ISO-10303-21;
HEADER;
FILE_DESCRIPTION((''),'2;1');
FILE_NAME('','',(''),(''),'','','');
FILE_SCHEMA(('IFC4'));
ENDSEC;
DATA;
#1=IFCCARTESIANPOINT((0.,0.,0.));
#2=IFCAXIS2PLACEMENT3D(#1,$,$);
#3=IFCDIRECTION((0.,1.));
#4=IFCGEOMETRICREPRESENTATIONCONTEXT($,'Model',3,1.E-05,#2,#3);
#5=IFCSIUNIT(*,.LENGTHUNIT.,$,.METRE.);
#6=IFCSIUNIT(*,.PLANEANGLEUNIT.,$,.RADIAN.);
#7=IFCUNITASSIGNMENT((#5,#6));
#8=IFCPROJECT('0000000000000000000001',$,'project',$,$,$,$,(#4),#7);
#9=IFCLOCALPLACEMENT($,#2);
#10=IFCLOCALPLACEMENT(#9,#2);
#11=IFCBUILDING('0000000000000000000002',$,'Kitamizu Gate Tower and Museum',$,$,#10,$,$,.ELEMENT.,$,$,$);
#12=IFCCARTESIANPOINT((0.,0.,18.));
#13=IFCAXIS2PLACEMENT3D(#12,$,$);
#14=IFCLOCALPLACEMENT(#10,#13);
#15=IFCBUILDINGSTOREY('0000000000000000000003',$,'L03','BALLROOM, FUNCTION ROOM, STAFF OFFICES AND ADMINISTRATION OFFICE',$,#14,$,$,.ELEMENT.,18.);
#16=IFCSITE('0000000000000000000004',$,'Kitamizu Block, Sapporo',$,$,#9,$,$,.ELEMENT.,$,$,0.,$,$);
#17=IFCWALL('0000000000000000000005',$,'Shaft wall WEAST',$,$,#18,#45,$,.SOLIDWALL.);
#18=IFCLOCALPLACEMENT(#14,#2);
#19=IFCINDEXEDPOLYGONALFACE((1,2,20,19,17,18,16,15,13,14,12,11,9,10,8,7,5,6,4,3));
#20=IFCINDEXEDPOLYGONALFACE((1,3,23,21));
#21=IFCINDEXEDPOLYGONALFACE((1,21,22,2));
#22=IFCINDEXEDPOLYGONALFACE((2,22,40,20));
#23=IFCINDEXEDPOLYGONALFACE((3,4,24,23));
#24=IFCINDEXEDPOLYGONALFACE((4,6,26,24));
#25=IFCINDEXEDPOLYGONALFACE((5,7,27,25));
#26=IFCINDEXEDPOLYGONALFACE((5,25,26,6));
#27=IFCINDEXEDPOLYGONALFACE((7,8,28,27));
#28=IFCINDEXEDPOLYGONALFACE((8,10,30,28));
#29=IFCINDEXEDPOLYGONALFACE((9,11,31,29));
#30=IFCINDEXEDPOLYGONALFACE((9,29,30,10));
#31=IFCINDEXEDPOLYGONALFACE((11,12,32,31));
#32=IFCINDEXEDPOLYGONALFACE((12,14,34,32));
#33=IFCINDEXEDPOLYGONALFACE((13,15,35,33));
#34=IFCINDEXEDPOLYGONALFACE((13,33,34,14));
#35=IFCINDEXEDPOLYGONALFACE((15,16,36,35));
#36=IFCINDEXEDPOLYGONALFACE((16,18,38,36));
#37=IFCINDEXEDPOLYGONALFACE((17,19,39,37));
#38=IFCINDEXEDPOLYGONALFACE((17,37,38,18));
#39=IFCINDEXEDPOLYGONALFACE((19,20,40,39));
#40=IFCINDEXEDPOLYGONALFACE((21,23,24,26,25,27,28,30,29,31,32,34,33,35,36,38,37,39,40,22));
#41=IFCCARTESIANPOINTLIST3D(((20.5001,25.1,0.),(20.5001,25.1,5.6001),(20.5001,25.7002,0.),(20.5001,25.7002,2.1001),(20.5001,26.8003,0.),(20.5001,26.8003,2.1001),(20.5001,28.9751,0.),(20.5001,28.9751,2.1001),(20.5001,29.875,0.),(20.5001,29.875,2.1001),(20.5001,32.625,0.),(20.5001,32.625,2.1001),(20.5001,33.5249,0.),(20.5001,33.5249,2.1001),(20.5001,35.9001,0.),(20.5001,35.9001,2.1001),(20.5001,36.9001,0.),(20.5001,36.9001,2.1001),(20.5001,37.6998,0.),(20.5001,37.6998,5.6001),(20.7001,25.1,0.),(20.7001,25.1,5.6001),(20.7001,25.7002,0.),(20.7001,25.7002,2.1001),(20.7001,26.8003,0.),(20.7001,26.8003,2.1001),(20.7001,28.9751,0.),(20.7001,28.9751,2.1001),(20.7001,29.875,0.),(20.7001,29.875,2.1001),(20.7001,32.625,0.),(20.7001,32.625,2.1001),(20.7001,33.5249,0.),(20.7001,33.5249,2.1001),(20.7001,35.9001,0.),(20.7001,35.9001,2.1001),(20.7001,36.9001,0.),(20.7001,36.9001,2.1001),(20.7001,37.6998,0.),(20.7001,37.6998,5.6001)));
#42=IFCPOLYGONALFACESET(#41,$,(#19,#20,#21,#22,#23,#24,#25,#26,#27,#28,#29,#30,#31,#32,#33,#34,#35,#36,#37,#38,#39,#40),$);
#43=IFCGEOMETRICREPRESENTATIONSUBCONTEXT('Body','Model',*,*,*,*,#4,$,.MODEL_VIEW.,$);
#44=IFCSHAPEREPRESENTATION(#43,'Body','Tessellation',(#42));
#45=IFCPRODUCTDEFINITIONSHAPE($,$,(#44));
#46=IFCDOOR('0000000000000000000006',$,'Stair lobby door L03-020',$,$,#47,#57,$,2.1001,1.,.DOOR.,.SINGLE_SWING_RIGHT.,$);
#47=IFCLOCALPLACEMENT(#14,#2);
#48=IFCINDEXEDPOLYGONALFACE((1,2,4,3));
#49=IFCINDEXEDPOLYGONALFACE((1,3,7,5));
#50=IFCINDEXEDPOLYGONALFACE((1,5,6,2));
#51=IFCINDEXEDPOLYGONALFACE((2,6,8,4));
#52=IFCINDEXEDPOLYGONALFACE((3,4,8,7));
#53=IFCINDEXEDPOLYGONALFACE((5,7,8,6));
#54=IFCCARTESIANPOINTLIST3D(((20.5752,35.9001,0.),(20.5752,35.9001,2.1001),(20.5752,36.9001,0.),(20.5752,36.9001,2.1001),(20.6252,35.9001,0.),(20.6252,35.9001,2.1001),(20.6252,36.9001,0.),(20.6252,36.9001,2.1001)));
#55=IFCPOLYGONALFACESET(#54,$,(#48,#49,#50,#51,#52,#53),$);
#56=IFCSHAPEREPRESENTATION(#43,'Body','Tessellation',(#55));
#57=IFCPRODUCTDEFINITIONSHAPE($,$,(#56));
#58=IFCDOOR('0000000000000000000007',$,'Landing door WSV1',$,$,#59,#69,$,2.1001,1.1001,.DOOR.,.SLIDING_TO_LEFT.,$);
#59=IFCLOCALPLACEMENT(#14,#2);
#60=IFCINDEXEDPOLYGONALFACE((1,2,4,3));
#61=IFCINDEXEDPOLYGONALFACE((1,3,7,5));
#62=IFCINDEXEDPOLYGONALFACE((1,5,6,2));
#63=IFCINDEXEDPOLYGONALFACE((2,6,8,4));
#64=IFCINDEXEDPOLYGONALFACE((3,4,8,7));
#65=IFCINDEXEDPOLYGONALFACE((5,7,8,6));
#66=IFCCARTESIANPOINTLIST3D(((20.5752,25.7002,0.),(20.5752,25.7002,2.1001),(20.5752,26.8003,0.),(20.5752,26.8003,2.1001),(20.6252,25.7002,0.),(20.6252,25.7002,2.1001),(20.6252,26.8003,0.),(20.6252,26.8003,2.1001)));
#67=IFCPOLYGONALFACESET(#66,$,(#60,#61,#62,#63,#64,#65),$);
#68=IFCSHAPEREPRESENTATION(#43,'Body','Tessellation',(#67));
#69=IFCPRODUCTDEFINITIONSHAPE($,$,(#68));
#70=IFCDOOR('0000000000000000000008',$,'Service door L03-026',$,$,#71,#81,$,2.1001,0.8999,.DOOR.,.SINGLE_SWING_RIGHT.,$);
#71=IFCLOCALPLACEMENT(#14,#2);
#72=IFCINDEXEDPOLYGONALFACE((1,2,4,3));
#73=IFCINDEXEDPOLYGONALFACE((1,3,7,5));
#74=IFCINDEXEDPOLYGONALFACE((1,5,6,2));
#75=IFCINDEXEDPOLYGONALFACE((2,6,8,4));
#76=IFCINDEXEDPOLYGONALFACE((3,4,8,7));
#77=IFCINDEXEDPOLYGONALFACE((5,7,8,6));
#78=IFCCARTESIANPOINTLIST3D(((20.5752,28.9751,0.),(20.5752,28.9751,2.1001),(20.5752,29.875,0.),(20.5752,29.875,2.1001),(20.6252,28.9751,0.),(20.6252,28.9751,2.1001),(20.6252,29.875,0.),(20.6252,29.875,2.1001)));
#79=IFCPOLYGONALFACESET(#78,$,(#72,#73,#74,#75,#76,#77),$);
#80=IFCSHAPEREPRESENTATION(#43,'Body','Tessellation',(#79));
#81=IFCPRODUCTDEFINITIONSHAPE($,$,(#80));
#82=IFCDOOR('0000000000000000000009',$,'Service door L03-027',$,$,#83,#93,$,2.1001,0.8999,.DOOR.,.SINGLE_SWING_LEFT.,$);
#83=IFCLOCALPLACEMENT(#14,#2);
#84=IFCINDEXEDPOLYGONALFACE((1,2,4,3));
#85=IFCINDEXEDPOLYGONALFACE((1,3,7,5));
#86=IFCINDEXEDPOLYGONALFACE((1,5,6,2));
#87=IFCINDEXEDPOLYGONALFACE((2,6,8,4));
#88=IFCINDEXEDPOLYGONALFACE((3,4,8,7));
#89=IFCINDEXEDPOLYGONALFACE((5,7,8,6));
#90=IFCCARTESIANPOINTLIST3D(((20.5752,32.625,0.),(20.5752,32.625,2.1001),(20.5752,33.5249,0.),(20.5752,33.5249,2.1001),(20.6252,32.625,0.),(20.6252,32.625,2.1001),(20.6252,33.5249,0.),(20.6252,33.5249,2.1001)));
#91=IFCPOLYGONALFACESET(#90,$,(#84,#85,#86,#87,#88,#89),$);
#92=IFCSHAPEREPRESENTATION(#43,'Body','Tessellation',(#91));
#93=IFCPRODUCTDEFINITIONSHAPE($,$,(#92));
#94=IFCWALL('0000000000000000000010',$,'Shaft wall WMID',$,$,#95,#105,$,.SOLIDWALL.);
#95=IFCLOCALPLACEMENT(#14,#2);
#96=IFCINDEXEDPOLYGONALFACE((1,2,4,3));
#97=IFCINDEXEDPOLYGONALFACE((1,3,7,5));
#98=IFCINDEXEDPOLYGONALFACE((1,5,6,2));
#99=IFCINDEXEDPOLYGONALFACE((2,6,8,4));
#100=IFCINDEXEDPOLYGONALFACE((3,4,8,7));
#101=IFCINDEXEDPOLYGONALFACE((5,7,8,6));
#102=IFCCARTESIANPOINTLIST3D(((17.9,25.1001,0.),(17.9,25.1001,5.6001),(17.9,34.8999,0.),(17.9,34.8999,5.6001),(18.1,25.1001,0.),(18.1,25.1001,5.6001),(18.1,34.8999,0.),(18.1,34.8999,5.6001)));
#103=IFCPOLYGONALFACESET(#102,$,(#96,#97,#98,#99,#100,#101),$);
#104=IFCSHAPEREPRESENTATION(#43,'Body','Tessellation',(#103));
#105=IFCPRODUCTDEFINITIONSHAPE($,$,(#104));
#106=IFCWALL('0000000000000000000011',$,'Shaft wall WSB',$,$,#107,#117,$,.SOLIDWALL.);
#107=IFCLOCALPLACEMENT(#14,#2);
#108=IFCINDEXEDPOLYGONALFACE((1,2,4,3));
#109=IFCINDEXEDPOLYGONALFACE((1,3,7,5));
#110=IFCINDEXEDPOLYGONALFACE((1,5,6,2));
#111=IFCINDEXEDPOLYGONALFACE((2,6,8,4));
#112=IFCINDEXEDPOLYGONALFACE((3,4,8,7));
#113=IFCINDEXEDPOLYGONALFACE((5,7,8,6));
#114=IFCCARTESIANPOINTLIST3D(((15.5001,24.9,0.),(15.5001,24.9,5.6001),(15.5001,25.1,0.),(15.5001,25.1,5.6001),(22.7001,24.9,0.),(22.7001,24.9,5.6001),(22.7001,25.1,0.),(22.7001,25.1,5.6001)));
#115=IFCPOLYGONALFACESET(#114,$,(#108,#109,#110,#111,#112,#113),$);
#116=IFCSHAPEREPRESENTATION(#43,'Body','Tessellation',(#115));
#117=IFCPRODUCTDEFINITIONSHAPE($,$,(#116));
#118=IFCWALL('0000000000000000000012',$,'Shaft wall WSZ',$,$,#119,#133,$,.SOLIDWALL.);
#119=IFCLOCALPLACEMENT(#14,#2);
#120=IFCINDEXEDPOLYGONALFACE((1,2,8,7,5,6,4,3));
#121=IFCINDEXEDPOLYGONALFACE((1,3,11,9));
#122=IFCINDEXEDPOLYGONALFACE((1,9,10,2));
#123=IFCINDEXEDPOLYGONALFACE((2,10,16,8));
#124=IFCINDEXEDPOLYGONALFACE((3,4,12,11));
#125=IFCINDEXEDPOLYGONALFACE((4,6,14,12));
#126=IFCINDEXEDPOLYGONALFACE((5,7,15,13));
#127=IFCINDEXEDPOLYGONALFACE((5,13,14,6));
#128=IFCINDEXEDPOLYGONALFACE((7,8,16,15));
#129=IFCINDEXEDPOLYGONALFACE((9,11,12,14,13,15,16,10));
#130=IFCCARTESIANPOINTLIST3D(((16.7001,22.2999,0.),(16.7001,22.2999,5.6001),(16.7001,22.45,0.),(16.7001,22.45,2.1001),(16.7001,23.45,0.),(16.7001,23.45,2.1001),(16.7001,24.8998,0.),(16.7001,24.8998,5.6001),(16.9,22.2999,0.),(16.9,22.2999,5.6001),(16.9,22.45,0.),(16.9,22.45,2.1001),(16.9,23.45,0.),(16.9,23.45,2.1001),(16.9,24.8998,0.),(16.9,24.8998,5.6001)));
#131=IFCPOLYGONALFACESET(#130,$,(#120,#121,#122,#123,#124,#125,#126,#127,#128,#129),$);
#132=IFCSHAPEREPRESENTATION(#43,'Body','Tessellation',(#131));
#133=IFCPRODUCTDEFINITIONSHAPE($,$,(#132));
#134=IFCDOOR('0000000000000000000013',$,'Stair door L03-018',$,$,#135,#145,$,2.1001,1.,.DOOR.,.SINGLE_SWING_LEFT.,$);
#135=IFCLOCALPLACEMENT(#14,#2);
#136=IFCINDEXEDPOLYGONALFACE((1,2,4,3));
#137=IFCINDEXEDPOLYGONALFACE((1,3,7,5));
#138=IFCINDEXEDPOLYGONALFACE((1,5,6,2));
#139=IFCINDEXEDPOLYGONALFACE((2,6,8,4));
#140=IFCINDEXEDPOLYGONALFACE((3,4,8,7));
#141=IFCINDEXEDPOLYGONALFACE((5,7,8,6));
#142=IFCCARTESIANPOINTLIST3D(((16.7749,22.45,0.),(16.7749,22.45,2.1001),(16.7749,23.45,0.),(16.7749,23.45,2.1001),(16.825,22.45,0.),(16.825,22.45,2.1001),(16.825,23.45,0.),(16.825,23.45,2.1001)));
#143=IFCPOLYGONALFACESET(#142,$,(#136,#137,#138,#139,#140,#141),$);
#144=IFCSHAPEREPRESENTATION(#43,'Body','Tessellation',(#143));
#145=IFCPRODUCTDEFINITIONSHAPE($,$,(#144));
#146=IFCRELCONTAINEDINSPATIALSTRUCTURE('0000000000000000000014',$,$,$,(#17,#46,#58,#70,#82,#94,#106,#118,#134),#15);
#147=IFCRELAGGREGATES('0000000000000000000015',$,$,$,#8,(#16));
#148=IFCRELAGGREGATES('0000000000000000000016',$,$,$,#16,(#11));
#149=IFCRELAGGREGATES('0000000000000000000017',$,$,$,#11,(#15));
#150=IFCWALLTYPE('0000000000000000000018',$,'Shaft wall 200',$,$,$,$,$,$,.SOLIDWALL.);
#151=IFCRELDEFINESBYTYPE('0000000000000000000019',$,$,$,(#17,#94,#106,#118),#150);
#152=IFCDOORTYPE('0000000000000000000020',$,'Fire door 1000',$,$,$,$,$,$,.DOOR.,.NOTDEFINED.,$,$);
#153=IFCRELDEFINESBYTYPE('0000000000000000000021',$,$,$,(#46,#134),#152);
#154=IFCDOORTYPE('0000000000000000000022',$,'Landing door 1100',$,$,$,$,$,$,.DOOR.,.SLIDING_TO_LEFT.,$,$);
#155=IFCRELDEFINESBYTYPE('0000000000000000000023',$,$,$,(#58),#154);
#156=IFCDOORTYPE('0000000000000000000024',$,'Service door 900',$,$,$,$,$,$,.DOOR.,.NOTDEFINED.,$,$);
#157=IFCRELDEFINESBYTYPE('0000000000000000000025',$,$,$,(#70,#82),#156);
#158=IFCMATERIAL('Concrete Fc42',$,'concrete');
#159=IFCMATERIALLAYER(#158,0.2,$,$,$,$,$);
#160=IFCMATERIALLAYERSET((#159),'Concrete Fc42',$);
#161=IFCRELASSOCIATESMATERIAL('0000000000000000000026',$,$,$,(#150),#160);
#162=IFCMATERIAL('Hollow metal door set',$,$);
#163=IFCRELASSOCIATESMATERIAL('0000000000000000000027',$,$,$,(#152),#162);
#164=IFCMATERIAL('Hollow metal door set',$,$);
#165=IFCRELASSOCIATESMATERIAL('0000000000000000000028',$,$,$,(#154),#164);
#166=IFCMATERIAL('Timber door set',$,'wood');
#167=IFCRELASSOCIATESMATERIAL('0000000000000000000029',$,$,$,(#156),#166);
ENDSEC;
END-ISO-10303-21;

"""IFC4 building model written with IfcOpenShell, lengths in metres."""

from ifc_helpers import new_model, si_unit, direction, frame, frame_2d, origin, place, context, subcontext, project, spatial, rectangle, extrude, material, layer, layer_set, type_object, element, fill, save


model = new_model("IFC4")

# Units and contexts
model_context = context("Model", 3, precision=1e-05, world=origin(), true_north=direction((0.0, 1.0)))
body_context = subcontext(model_context, "Body", "Model", "MODEL_VIEW")
ifc_project = project(units=[si_unit("LENGTHUNIT", "METRE"), si_unit("PLANEANGLEUNIT", "RADIAN")], contexts=[model_context])

# Site, building, storey
site_placement = place(None, origin())
site = spatial("IfcSite", under=ifc_project, at=site_placement, Name="Kitamizu Block, Sapporo", CompositionType="ELEMENT", RefElevation=0.0)
building_placement = place(site_placement, origin())
building = spatial("IfcBuilding", under=site, at=building_placement, Name="Kitamizu Gate Tower and Museum", CompositionType="ELEMENT")
storey_placement = place(building_placement, frame((0.0, 0.0, 18.0)))
storey = spatial("IfcBuildingStorey", under=building, at=storey_placement, Name="L03", Description="BALLROOM, FUNCTION ROOM, STAFF OFFICES AND ADMINISTRATION OFFICE", CompositionType="ELEMENT", Elevation=18.0)

# Wall, openings, doors
ifc_material_1 = material(Name="Concrete Fc42", Category="concrete")
ifc_layer_1 = layer(ifc_material_1, 0.2)
ifc_layer_set_1 = layer_set([ifc_layer_1], Name="Concrete Fc42")
wall_type_1 = type_object("IfcWallType", Name="Shaft wall 200", PredefinedType="SOLIDWALL", material=ifc_layer_set_1)
ifc_material_2 = material(Name="Hollow metal door set")
door_type_1 = type_object("IfcDoorType", Name="Fire door 1000", OperationType="NOTDEFINED", PredefinedType="DOOR", material=ifc_material_2)
ifc_material_3 = material(Name="Hollow metal door set")
door_type_2 = type_object("IfcDoorType", Name="Landing door 1100", OperationType="SLIDING_TO_LEFT", PredefinedType="DOOR", material=ifc_material_3)
wall_1_placement = place(storey_placement, frame((20.6001, 25.1001, 0.0), z_axis=(0.0, 0.0, 1.0), x_axis=(0.0, 1.0, 0.0)))
wall_1 = element("IfcWall", 1, at=wall_1_placement, inside=storey, type_object=wall_type_1, Name="Shaft wall WEAST", PredefinedType="SOLIDWALL", context=body_context, shape_type="SweptSolid", body=[
    extrude(rectangle(XDim=12.5999, YDim=0.2, at=frame_2d((6.2998, 0.0))), origin(), (0.0, 0.0, 1.0), 5.6001),
])
opening_1_placement = place(wall_1_placement, frame((0.6001, 0.0, 0.0)))
opening_1 = element("IfcOpeningElement", 2, at=opening_1_placement, cuts=wall_1, PredefinedType="OPENING", context=body_context, shape_type="SweptSolid", body=[
    extrude(rectangle(XDim=1.1001, YDim=2.1001, at=frame_2d((0.55, 1.05))), frame((0.0, 0.1099, 0.0), z_axis=(0.0, -1.0, 0.0), x_axis=(1.0, 0.0, 0.0)), (0.0, 0.0, 1.0), 0.22),
])
opening_2_placement = place(wall_1_placement, frame((10.8, 0.0, 0.0)))
opening_2 = element("IfcOpeningElement", 3, at=opening_2_placement, cuts=wall_1, PredefinedType="OPENING", context=body_context, shape_type="SweptSolid", body=[
    extrude(rectangle(XDim=1.0, YDim=2.1001, at=frame_2d((0.5, 1.05))), frame((0.0, 0.1099, 0.0), z_axis=(0.0, -1.0, 0.0), x_axis=(1.0, 0.0, 0.0)), (0.0, 0.0, 1.0), 0.22),
])
opening_3_placement = place(wall_1_placement, frame((3.875, 0.0, 0.0)))
opening_3 = element("IfcOpeningElement", 4, at=opening_3_placement, cuts=wall_1, PredefinedType="OPENING", context=body_context, shape_type="SweptSolid", body=[
    extrude(rectangle(XDim=0.8999, YDim=2.1001, at=frame_2d((0.45, 1.05))), frame((0.0, 0.1099, 0.0), z_axis=(0.0, -1.0, 0.0), x_axis=(1.0, 0.0, 0.0)), (0.0, 0.0, 1.0), 0.22),
])
opening_4_placement = place(wall_1_placement, frame((7.5249, 0.0, 0.0)))
opening_4 = element("IfcOpeningElement", 5, at=opening_4_placement, cuts=wall_1, PredefinedType="OPENING", context=body_context, shape_type="SweptSolid", body=[
    extrude(rectangle(XDim=0.8999, YDim=2.1001, at=frame_2d((0.45, 1.05))), frame((0.0, 0.1099, 0.0), z_axis=(0.0, -1.0, 0.0), x_axis=(1.0, 0.0, 0.0)), (0.0, 0.0, 1.0), 0.22),
])
door_1_placement = place(opening_2_placement, origin())
door_1 = element("IfcDoor", 6, at=door_1_placement, inside=storey, type_object=door_type_1, Name="Stair lobby door L03-020", OperationType="SINGLE_SWING_RIGHT", OverallHeight=2.1001, OverallWidth=1.0, PredefinedType="DOOR", context=body_context, shape_type="SweptSolid", body=[
    extrude(rectangle(XDim=1.0, YDim=2.1001, at=frame_2d((0.5, 1.05))), frame((0.0, 0.0249, 0.0), z_axis=(0.0, -1.0, 0.0), x_axis=(1.0, 0.0, 0.0)), (0.0, 0.0, 1.0), 0.05),
])
fill(opening_2, door_1)
door_2_placement = place(opening_1_placement, origin())
door_2 = element("IfcDoor", 7, at=door_2_placement, inside=storey, type_object=door_type_2, Name="Landing door WSV1", OperationType="SLIDING_TO_LEFT", OverallHeight=2.1001, OverallWidth=1.1001, PredefinedType="DOOR", context=body_context, shape_type="SweptSolid", body=[
    extrude(rectangle(XDim=1.1001, YDim=2.1001, at=frame_2d((0.55, 1.05))), frame((0.0, 0.0249, 0.0), z_axis=(0.0, -1.0, 0.0), x_axis=(1.0, 0.0, 0.0)), (0.0, 0.0, 1.0), 0.05),
])
fill(opening_1, door_2)
ifc_material_4 = material(Name="Timber door set", Category="wood")
door_type_3 = type_object("IfcDoorType", Name="Service door 900", OperationType="NOTDEFINED", PredefinedType="DOOR", material=ifc_material_4)
door_3_placement = place(opening_3_placement, origin())
door_3 = element("IfcDoor", 8, at=door_3_placement, inside=storey, type_object=door_type_3, Name="Service door L03-026", OperationType="SINGLE_SWING_RIGHT", OverallHeight=2.1001, OverallWidth=0.8999, PredefinedType="DOOR", context=body_context, shape_type="SweptSolid", body=[
    extrude(rectangle(XDim=0.8999, YDim=2.1001, at=frame_2d((0.45, 1.05))), frame((0.0, 0.0249, 0.0), z_axis=(0.0, -1.0, 0.0), x_axis=(1.0, 0.0, 0.0)), (0.0, 0.0, 1.0), 0.05),
])
fill(opening_3, door_3)
door_4_placement = place(opening_4_placement, origin())
door_4 = element("IfcDoor", 9, at=door_4_placement, inside=storey, type_object=door_type_3, Name="Service door L03-027", OperationType="SINGLE_SWING_LEFT", OverallHeight=2.1001, OverallWidth=0.8999, PredefinedType="DOOR", context=body_context, shape_type="SweptSolid", body=[
    extrude(rectangle(XDim=0.8999, YDim=2.1001, at=frame_2d((0.45, 1.05))), frame((0.0, 0.0249, 0.0), z_axis=(0.0, -1.0, 0.0), x_axis=(1.0, 0.0, 0.0)), (0.0, 0.0, 1.0), 0.05),
])
fill(opening_4, door_4)

# Walls
wall_2_placement = place(storey_placement, frame((18.0, 25.1001, 0.0), z_axis=(0.0, 0.0, 1.0), x_axis=(0.0, 1.0, 0.0)))
element("IfcWall", 10, at=wall_2_placement, inside=storey, type_object=wall_type_1, Name="Shaft wall WMID", PredefinedType="SOLIDWALL", context=body_context, shape_type="SweptSolid", body=[
    extrude(rectangle(XDim=9.7998, YDim=0.2, at=frame_2d((4.8999, 0.0))), origin(), (0.0, 0.0, 1.0), 5.6001),
])
wall_3_placement = place(storey_placement, frame((15.5, 25.0, 0.0), z_axis=(0.0, 0.0, 1.0), x_axis=(1.0, 0.0, 0.0)))
element("IfcWall", 11, at=wall_3_placement, inside=storey, type_object=wall_type_1, Name="Shaft wall WSB", PredefinedType="SOLIDWALL", context=body_context, shape_type="SweptSolid", body=[
    extrude(rectangle(XDim=7.2, YDim=0.2, at=frame_2d((3.6001, 0.0))), origin(), (0.0, 0.0, 1.0), 5.6001),
])

# Wall, opening, door
wall_4_placement = place(storey_placement, frame((16.8, 22.3, 0.0), z_axis=(0.0, 0.0, 1.0), x_axis=(0.0, 1.0, 0.0)))
wall_4 = element("IfcWall", 12, at=wall_4_placement, inside=storey, type_object=wall_type_1, Name="Shaft wall WSZ", PredefinedType="SOLIDWALL", context=body_context, shape_type="SweptSolid", body=[
    extrude(rectangle(XDim=2.5999, YDim=0.2, at=frame_2d((1.2998, 0.0))), origin(), (0.0, 0.0, 1.0), 5.6001),
])
opening_5_placement = place(wall_4_placement, frame((0.1499, 0.0, 0.0)))
opening_5 = element("IfcOpeningElement", 13, at=opening_5_placement, cuts=wall_4, PredefinedType="OPENING", context=body_context, shape_type="SweptSolid", body=[
    extrude(rectangle(XDim=1.0, YDim=2.1001, at=frame_2d((0.5, 1.05))), frame((0.0, 0.1099, 0.0), z_axis=(0.0, -1.0, 0.0), x_axis=(1.0, 0.0, 0.0)), (0.0, 0.0, 1.0), 0.22),
])
door_5_placement = place(opening_5_placement, frame((1.0, 0.0, 0.0), x_axis=(-1.0, 0.0, 0.0)))
door_5 = element("IfcDoor", 14, at=door_5_placement, inside=storey, type_object=door_type_1, Name="Stair door L03-018", OperationType="SINGLE_SWING_LEFT", OverallHeight=2.1001, OverallWidth=1.0, PredefinedType="DOOR", context=body_context, shape_type="SweptSolid", body=[
    extrude(rectangle(XDim=1.0, YDim=2.1001, at=frame_2d((0.5, 1.05))), frame((0.0, 0.0249, 0.0), z_axis=(0.0, -1.0, 0.0), x_axis=(1.0, 0.0, 0.0)), (0.0, 0.0, 1.0), 0.05),
])
fill(opening_5, door_5)

save(model, "model.ifc")
